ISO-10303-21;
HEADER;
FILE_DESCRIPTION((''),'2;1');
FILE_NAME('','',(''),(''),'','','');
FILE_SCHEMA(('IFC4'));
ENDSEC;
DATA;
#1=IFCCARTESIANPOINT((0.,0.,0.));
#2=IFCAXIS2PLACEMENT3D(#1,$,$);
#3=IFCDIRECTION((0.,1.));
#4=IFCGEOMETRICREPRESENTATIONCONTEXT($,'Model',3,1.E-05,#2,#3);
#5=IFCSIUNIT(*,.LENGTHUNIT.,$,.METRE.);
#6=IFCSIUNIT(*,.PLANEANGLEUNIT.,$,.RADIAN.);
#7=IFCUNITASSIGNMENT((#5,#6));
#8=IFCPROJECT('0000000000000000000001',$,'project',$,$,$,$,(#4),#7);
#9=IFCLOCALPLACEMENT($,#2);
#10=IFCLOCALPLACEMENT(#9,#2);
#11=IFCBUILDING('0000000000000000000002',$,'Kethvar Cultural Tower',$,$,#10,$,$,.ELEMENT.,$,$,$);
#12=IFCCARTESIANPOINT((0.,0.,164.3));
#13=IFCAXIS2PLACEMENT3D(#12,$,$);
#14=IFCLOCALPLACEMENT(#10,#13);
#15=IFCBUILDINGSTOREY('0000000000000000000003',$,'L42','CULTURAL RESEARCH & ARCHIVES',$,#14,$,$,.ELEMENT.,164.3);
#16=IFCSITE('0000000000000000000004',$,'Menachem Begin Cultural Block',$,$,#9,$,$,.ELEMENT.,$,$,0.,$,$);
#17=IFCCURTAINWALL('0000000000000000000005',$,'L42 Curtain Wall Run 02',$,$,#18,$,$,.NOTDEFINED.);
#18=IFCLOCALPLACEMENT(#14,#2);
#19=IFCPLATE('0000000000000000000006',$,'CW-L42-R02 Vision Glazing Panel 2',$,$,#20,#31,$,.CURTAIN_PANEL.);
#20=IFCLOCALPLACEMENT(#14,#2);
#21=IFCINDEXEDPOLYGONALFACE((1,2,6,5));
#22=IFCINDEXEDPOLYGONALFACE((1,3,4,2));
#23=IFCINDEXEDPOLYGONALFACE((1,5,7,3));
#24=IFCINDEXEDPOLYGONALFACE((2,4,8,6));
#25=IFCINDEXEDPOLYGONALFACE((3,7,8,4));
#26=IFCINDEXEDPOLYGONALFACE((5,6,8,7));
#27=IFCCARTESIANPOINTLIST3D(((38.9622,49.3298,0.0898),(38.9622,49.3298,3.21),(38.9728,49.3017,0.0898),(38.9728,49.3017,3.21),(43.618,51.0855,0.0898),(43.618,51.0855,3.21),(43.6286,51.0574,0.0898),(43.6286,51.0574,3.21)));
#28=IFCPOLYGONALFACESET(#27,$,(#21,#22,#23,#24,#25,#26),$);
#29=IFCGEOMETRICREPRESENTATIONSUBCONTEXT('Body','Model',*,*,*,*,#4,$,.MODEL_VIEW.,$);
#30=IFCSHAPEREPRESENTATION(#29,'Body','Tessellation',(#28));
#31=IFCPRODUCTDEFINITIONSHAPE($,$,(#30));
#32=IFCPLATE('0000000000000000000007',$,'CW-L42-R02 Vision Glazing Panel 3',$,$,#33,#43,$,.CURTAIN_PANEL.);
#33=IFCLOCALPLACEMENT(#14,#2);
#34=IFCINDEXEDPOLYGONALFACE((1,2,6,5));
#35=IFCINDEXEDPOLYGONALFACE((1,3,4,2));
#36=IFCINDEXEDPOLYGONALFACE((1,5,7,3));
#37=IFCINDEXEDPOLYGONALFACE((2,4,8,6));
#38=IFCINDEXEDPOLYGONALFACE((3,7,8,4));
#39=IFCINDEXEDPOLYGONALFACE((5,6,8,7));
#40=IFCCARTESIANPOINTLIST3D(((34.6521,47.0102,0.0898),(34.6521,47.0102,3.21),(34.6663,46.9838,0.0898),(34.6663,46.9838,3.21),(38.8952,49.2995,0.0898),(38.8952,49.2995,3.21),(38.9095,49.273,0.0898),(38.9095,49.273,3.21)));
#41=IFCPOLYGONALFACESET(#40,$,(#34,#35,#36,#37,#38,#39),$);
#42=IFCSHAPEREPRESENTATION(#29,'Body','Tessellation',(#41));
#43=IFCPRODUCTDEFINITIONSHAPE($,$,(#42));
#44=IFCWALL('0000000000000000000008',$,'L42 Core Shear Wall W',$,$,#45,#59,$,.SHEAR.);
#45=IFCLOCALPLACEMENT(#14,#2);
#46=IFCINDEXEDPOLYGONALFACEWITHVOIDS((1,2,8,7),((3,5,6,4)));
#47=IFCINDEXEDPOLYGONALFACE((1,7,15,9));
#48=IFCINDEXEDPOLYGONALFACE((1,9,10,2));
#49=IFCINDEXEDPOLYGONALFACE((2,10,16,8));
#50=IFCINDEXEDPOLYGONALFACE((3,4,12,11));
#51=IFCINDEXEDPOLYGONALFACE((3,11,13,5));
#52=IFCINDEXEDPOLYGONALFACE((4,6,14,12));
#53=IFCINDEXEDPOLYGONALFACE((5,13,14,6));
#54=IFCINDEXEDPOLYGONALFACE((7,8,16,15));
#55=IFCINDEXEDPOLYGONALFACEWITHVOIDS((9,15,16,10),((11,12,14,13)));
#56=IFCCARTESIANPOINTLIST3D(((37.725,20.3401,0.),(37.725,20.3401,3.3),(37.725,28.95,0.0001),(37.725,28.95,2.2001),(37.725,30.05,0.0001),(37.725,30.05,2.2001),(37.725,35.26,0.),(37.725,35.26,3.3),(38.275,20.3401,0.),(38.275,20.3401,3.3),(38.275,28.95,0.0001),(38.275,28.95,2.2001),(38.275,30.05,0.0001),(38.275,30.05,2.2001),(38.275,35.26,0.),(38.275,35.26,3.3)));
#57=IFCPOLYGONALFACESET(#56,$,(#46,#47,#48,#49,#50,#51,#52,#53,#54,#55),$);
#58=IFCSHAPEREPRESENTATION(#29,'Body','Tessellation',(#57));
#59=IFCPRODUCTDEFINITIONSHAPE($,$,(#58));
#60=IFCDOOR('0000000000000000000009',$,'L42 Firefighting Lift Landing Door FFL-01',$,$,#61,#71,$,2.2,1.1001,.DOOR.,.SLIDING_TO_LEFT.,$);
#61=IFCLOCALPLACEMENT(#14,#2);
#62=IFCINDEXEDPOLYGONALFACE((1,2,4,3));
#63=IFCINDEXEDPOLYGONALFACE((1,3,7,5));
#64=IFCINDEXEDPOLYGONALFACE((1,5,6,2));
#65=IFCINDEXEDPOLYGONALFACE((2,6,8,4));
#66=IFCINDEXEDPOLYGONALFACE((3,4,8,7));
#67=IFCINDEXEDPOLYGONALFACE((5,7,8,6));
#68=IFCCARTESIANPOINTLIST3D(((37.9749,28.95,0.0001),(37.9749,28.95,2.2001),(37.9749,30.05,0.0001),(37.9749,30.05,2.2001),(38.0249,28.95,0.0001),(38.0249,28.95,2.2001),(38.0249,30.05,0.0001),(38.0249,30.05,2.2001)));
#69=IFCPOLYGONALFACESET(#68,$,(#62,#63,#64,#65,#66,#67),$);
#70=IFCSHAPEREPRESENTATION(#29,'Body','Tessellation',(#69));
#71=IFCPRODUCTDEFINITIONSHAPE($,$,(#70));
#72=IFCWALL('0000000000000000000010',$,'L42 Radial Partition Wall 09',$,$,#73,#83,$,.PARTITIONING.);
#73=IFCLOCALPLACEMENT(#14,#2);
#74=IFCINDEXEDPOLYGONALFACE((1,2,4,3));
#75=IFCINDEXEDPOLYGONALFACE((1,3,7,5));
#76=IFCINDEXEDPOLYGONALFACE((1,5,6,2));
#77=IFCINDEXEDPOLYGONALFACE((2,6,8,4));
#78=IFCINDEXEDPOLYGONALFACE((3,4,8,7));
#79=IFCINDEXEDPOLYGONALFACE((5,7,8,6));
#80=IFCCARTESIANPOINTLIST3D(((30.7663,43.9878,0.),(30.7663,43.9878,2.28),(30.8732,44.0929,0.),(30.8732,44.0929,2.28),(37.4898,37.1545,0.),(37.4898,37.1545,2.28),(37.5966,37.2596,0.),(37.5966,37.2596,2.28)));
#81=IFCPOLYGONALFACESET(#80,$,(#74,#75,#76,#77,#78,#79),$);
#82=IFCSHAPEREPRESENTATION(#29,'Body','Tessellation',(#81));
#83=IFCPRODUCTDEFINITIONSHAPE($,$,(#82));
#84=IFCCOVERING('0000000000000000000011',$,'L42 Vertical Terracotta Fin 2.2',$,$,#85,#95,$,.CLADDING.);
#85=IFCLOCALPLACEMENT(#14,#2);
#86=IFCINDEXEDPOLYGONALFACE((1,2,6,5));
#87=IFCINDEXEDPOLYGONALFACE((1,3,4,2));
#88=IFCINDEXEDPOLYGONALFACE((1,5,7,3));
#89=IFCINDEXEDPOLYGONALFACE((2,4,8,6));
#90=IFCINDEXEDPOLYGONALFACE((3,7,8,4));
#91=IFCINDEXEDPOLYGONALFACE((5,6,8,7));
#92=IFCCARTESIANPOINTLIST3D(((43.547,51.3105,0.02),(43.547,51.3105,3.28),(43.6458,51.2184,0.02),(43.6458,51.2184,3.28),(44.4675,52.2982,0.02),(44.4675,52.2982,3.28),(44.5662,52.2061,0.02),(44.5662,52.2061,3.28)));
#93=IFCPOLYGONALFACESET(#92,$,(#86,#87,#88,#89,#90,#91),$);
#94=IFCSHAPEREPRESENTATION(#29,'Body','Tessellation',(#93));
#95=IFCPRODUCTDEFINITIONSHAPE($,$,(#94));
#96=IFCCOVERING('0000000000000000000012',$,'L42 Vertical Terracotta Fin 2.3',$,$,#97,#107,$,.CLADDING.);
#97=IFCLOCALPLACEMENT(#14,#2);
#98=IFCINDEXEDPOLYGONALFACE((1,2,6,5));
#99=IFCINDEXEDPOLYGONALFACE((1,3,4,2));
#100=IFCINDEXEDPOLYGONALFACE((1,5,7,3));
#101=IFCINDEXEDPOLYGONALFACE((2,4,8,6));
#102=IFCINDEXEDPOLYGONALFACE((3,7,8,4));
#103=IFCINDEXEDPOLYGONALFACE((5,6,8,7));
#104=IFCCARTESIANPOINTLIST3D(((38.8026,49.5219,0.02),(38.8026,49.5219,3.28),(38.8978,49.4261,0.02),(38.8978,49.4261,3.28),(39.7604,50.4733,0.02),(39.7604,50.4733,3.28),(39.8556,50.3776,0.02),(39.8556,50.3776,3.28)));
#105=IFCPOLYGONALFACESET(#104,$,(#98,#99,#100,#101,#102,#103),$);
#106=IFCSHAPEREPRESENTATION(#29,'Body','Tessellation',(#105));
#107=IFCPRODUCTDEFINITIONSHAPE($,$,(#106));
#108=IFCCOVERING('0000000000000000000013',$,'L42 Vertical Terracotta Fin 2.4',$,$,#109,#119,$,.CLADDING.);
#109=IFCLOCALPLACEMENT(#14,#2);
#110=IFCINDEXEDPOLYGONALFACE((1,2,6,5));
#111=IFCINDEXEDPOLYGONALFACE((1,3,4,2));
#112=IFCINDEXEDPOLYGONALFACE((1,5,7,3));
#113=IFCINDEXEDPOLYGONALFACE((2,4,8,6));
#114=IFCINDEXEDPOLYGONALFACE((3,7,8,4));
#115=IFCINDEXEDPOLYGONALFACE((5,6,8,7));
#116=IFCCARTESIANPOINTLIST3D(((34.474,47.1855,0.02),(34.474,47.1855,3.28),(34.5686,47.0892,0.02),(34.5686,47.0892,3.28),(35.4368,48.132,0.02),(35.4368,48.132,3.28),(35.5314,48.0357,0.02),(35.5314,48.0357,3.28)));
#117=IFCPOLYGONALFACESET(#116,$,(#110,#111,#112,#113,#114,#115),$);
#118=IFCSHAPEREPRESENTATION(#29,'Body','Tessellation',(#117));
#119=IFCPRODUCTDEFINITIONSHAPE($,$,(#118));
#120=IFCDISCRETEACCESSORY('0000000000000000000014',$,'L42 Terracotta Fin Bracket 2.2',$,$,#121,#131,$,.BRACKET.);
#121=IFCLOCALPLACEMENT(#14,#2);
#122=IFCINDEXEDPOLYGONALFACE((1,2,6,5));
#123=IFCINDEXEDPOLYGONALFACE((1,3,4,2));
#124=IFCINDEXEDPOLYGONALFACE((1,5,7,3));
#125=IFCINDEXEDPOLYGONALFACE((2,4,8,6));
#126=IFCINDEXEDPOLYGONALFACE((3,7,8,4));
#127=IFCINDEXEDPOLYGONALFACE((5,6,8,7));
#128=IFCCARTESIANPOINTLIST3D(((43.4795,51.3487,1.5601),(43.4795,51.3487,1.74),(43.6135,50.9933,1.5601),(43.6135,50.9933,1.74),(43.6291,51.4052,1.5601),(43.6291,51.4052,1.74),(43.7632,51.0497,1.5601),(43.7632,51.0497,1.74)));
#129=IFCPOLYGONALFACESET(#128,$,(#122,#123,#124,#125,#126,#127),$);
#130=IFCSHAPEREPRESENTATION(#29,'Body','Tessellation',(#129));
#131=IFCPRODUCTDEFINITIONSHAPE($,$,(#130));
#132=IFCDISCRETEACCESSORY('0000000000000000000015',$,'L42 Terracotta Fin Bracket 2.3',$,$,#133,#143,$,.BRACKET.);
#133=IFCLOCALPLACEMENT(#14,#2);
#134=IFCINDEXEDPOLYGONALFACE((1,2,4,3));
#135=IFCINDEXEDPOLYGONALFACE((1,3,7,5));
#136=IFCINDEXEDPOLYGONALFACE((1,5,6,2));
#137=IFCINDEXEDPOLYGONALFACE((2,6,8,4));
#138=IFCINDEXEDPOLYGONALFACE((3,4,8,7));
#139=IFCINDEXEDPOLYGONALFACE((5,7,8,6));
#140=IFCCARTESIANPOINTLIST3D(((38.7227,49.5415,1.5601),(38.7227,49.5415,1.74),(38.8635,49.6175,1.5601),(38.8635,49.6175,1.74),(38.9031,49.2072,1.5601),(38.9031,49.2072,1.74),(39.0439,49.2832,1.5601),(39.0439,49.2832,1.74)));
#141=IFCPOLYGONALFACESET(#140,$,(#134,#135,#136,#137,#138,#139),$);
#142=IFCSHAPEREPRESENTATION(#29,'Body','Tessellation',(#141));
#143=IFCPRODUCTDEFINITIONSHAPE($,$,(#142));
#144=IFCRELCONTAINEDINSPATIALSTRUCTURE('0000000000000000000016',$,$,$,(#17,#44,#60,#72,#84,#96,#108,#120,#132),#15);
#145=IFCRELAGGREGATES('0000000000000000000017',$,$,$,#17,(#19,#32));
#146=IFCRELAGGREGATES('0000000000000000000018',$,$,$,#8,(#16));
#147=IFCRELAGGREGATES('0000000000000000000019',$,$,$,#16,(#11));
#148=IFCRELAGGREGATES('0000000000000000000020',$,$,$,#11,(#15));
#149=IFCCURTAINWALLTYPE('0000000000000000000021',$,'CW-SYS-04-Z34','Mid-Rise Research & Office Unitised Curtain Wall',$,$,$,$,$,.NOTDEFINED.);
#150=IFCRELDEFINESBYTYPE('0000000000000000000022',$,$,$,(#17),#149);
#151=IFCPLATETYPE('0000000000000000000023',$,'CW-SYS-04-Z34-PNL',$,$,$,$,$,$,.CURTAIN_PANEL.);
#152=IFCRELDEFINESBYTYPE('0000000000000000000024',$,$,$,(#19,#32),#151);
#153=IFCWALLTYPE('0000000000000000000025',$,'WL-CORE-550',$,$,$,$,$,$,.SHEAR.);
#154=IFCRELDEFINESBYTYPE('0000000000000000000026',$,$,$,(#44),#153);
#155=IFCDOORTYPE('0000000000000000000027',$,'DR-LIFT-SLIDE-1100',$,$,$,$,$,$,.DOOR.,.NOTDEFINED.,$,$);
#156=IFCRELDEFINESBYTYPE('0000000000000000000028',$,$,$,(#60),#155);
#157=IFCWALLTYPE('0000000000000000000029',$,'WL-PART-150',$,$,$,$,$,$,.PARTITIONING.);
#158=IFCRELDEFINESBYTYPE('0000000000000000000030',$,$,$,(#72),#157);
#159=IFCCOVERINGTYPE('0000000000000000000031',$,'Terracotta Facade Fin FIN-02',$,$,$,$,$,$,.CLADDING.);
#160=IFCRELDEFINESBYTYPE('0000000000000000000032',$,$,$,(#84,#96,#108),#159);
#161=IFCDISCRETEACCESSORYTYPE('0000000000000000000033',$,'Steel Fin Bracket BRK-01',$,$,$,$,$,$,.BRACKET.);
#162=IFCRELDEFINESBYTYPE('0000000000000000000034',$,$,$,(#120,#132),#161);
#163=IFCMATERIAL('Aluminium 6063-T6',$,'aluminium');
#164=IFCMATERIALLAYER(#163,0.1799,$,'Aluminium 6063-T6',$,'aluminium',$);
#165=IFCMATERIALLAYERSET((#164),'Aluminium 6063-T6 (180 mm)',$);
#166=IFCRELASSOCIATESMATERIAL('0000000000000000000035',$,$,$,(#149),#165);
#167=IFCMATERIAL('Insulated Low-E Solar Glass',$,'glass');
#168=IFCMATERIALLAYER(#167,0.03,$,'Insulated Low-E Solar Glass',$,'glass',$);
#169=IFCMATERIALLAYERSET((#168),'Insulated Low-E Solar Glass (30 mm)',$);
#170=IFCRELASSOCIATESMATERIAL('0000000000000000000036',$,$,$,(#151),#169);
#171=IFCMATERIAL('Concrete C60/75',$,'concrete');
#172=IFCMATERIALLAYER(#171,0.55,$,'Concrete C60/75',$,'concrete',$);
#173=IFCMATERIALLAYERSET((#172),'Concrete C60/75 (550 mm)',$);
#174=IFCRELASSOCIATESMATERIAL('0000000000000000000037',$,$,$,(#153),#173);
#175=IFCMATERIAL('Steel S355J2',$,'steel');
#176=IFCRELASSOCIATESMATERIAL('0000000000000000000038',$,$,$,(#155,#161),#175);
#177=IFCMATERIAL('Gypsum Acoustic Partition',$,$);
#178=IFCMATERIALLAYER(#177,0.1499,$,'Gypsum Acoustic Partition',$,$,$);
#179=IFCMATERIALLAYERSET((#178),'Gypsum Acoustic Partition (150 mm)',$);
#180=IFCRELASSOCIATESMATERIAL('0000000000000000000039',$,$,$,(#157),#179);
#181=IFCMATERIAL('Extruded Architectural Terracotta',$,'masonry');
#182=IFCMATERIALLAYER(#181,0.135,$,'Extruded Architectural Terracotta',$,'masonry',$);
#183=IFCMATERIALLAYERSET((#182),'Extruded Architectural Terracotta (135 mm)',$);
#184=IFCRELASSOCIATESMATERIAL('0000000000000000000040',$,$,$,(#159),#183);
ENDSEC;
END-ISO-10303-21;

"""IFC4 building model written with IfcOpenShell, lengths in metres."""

from ifc_helpers import new_model, si_unit, direction, frame, frame_2d, origin, origin_2d, place, context, subcontext, project, spatial, rectangle, extrude, source, transform, mapped, material, layer, layer_set, type_object, element, fill, aggregate, save


model = new_model("IFC4")

# Units and contexts
model_context = context("Model", 3, precision=1e-05, world=origin(), true_north=direction((0.0, 1.0)))
body_context = subcontext(model_context, "Body", "Model", "MODEL_VIEW")
ifc_project = project(units=[si_unit("LENGTHUNIT", "METRE"), si_unit("PLANEANGLEUNIT", "RADIAN")], contexts=[model_context])

# Site, building, storey
site_placement = place(None, origin())
site = spatial("IfcSite", under=ifc_project, at=site_placement, Name="Menachem Begin Cultural Block", CompositionType="ELEMENT", RefElevation=0.0)
building_placement = place(site_placement, origin())
building = spatial("IfcBuilding", under=site, at=building_placement, Name="Kethvar Cultural Tower", CompositionType="ELEMENT")
storey_placement = place(building_placement, frame((0.0, 0.0, 164.3)))
storey = spatial("IfcBuildingStorey", under=building, at=storey_placement, Name="L42", Description="CULTURAL RESEARCH & ARCHIVES", CompositionType="ELEMENT", Elevation=164.3)

# Shared definitions
ifc_material_1 = material(Name="Steel S355J2", Category="steel")

# Curtain wall, plates
ifc_material_2 = material(Name="Aluminium 6063-T6", Category="aluminium")
ifc_layer_1 = layer(ifc_material_2, 0.1799, Name="Aluminium 6063-T6", Category="aluminium")
ifc_layer_set_1 = layer_set([ifc_layer_1], Name="Aluminium 6063-T6 (180 mm)")
curtain_wall_type = type_object("IfcCurtainWallType", Name="CW-SYS-04-Z34", Description="Mid-Rise Research & Office Unitised Curtain Wall", PredefinedType="NOTDEFINED", material=ifc_layer_set_1)
curtain_wall_placement = place(storey_placement, origin())
curtain_wall = element("IfcCurtainWall", 1, at=curtain_wall_placement, inside=storey, type_object=curtain_wall_type, Name="L42 Curtain Wall Run 02", PredefinedType="NOTDEFINED")
ifc_material_3 = material(Name="Insulated Low-E Solar Glass", Category="glass")
ifc_layer_2 = layer(ifc_material_3, 0.03, Name="Insulated Low-E Solar Glass", Category="glass")
ifc_layer_set_2 = layer_set([ifc_layer_2], Name="Insulated Low-E Solar Glass (30 mm)")
plate_type = type_object("IfcPlateType", Name="CW-SYS-04-Z34-PNL", PredefinedType="CURTAIN_PANEL", material=ifc_layer_set_2)
shared_shape_1 = source(origin(), body_context, "Body", "SweptSolid", [
    extrude(rectangle(XDim=4.9758, YDim=0.03, at=origin_2d()), origin(), (0.0, 0.0, 1.0), 3.1201),
])
plate_1_placement = place(storey_placement, frame((41.2954, 50.1936, 0.0898), z_axis=(0.0, 0.0, 1.0), x_axis=(-0.935678, -0.352854, 0.0)))
plate_1 = element("IfcPlate", 2, at=plate_1_placement, type_object=plate_type, Name="CW-L42-R02 Vision Glazing Panel 2", PredefinedType="CURTAIN_PANEL", context=body_context, shape_type="MappedRepresentation", body=[
    mapped(shared_shape_1, transform((0.0, 0.0, 0.0), scale=1.0)),
])
shared_shape_2 = source(origin(), body_context, "Body", "SweptSolid", [
    extrude(rectangle(XDim=4.8213, YDim=0.03, at=origin_2d()), origin(), (0.0, 0.0, 1.0), 3.1201),
])
plate_2_placement = place(storey_placement, frame((36.7808, 48.1416, 0.0898), z_axis=(0.0, 0.0, 1.0), x_axis=(-0.88008, -0.474826, 0.0)))
plate_2 = element("IfcPlate", 3, at=plate_2_placement, type_object=plate_type, Name="CW-L42-R02 Vision Glazing Panel 3", PredefinedType="CURTAIN_PANEL", context=body_context, shape_type="MappedRepresentation", body=[
    mapped(shared_shape_2, transform((0.0, 0.0, 0.0), scale=1.0)),
])
aggregate(curtain_wall, [plate_1, plate_2])

# Wall, opening, door
ifc_material_4 = material(Name="Concrete C60/75", Category="concrete")
ifc_layer_3 = layer(ifc_material_4, 0.55, Name="Concrete C60/75", Category="concrete")
ifc_layer_set_3 = layer_set([ifc_layer_3], Name="Concrete C60/75 (550 mm)")
wall_type_1 = type_object("IfcWallType", Name="WL-CORE-550", PredefinedType="SHEAR", material=ifc_layer_set_3)
wall_1_placement = place(storey_placement, frame((38.0, 35.26, 0.0), z_axis=(0.0, 0.0, 1.0), x_axis=(0.0, -1.0, 0.0)))
wall_1 = element("IfcWall", 4, at=wall_1_placement, inside=storey, type_object=wall_type_1, Name="L42 Core Shear Wall W", PredefinedType="SHEAR", context=body_context, shape_type="SweptSolid", body=[
    extrude(rectangle(XDim=14.9199, YDim=0.55, at=frame_2d((7.46, 0.0))), origin(), (0.0, 0.0, 1.0), 3.3),
])
opening_placement = place(wall_1_placement, frame((5.21, 0.0, 0.0)))
opening = element("IfcOpeningElement", 5, at=opening_placement, cuts=wall_1, PredefinedType="OPENING", context=body_context, shape_type="SweptSolid", body=[
    extrude(rectangle(XDim=1.1001, YDim=2.2, at=frame_2d((0.55, 1.1001))), frame((0.0, 0.2849, 0.0), z_axis=(0.0, -1.0, 0.0), x_axis=(1.0, 0.0, 0.0)), (0.0, 0.0, 1.0), 0.5701),
])
door_type = type_object("IfcDoorType", Name="DR-LIFT-SLIDE-1100", OperationType="NOTDEFINED", PredefinedType="DOOR", material=ifc_material_1)
shared_shape_3 = source(origin(), body_context, "Body", "SweptSolid", [
    extrude(rectangle(XDim=1.1001, YDim=2.2, at=frame_2d((0.55, 1.1001))), frame((0.0, 0.0249, 0.0), z_axis=(0.0, -1.0, 0.0), x_axis=(1.0, 0.0, 0.0)), (0.0, 0.0, 1.0), 0.05),
])
door_placement = place(opening_placement, origin())
door = element("IfcDoor", 6, at=door_placement, inside=storey, type_object=door_type, Name="L42 Firefighting Lift Landing Door FFL-01", OperationType="SLIDING_TO_LEFT", OverallHeight=2.2, OverallWidth=1.1001, PredefinedType="DOOR", context=body_context, shape_type="MappedRepresentation", body=[
    mapped(shared_shape_3, transform((0.0, 0.0, 0.0), scale=1.0)),
])
fill(opening, door)

# Wall
ifc_material_5 = material(Name="Gypsum Acoustic Partition")
ifc_layer_4 = layer(ifc_material_5, 0.1499, Name="Gypsum Acoustic Partition")
ifc_layer_set_4 = layer_set([ifc_layer_4], Name="Gypsum Acoustic Partition (150 mm)")
wall_type_2 = type_object("IfcWallType", Name="WL-PART-150", PredefinedType="PARTITIONING", material=ifc_layer_set_4)
wall_2_placement = place(storey_placement, frame((37.5432, 37.207, 0.0), z_axis=(0.0, 0.0, 1.0), x_axis=(-0.701353, 0.712814, 0.0)))
element("IfcWall", 7, at=wall_2_placement, inside=storey, type_object=wall_type_2, Name="L42 Radial Partition Wall 09", PredefinedType="PARTITIONING", context=body_context, shape_type="SweptSolid", body=[
    extrude(rectangle(XDim=9.5864, YDim=0.1499, at=frame_2d((4.7932, 0.0))), origin(), (0.0, 0.0, 1.0), 2.28),
])

# Coverings
ifc_material_6 = material(Name="Extruded Architectural Terracotta", Category="masonry")
ifc_layer_5 = layer(ifc_material_6, 0.135, Name="Extruded Architectural Terracotta", Category="masonry")
ifc_layer_set_5 = layer_set([ifc_layer_5], Name="Extruded Architectural Terracotta (135 mm)")
covering_type = type_object("IfcCoveringType", Name="Terracotta Facade Fin FIN-02", PredefinedType="CLADDING", material=ifc_layer_set_5)
shared_shape_4 = source(origin(), body_context, "Body", "SweptSolid", [
    extrude(rectangle(XDim=1.3501, YDim=0.135, at=origin_2d()), origin(), (0.0, 0.0, 1.0), 3.26),
])
for number, where, z_axis, x_axis, name in (
    (8, (44.0566, 51.7583, 0.02), (0.0, 0.0, 1.0), (0.681743, 0.731592, 0.0), "L42 Vertical Terracotta Fin 2.2"),
    (9, (39.3291, 49.9497, 0.02), (0.0, 0.0, 1.0), (0.709448, 0.704758, 0.0), "L42 Vertical Terracotta Fin 2.3"),
    (10, (35.0027, 47.6106, 0.02), (0.0, 0.0, 1.0), (0.713128, 0.701034, 0.0), "L42 Vertical Terracotta Fin 2.4"),
):
    element("IfcCovering", number, at=place(storey_placement, frame(where, z_axis=z_axis, x_axis=x_axis)), inside=storey, type_object=covering_type, Name=name, PredefinedType="CLADDING", context=body_context, shape_type="MappedRepresentation", body=[
        mapped(shared_shape_4, transform((0.0, 0.0, 0.0), scale=1.0)),
    ])

# Discrete accessories
discrete_accessory_type = type_object("IfcDiscreteAccessoryType", Name="Steel Fin Bracket BRK-01", PredefinedType="BRACKET", material=ifc_material_1)
shared_shape_5 = source(origin(), body_context, "Body", "SweptSolid", [
    extrude(rectangle(XDim=0.3799, YDim=0.1599, at=origin_2d()), origin(), (0.0, 0.0, 1.0), 0.1799),
])
for number, where, z_axis, x_axis, name in (
    (11, (43.6213, 51.1992, 1.5601), (0.0, 0.0, 1.0), (-0.352822, 0.935691, 0.0), "L42 Terracotta Fin Bracket 2.2"),
    (12, (38.8833, 49.4124, 1.5601), (0.0, 0.0, 1.0), (-0.474856, 0.880063, 0.0), "L42 Terracotta Fin Bracket 2.3"),
):
    element("IfcDiscreteAccessory", number, at=place(storey_placement, frame(where, z_axis=z_axis, x_axis=x_axis)), inside=storey, type_object=discrete_accessory_type, Name=name, PredefinedType="BRACKET", context=body_context, shape_type="MappedRepresentation", body=[
        mapped(shared_shape_5, transform((0.0, 0.0, 0.0), scale=1.0)),
    ])

save(model, "model.ifc")
